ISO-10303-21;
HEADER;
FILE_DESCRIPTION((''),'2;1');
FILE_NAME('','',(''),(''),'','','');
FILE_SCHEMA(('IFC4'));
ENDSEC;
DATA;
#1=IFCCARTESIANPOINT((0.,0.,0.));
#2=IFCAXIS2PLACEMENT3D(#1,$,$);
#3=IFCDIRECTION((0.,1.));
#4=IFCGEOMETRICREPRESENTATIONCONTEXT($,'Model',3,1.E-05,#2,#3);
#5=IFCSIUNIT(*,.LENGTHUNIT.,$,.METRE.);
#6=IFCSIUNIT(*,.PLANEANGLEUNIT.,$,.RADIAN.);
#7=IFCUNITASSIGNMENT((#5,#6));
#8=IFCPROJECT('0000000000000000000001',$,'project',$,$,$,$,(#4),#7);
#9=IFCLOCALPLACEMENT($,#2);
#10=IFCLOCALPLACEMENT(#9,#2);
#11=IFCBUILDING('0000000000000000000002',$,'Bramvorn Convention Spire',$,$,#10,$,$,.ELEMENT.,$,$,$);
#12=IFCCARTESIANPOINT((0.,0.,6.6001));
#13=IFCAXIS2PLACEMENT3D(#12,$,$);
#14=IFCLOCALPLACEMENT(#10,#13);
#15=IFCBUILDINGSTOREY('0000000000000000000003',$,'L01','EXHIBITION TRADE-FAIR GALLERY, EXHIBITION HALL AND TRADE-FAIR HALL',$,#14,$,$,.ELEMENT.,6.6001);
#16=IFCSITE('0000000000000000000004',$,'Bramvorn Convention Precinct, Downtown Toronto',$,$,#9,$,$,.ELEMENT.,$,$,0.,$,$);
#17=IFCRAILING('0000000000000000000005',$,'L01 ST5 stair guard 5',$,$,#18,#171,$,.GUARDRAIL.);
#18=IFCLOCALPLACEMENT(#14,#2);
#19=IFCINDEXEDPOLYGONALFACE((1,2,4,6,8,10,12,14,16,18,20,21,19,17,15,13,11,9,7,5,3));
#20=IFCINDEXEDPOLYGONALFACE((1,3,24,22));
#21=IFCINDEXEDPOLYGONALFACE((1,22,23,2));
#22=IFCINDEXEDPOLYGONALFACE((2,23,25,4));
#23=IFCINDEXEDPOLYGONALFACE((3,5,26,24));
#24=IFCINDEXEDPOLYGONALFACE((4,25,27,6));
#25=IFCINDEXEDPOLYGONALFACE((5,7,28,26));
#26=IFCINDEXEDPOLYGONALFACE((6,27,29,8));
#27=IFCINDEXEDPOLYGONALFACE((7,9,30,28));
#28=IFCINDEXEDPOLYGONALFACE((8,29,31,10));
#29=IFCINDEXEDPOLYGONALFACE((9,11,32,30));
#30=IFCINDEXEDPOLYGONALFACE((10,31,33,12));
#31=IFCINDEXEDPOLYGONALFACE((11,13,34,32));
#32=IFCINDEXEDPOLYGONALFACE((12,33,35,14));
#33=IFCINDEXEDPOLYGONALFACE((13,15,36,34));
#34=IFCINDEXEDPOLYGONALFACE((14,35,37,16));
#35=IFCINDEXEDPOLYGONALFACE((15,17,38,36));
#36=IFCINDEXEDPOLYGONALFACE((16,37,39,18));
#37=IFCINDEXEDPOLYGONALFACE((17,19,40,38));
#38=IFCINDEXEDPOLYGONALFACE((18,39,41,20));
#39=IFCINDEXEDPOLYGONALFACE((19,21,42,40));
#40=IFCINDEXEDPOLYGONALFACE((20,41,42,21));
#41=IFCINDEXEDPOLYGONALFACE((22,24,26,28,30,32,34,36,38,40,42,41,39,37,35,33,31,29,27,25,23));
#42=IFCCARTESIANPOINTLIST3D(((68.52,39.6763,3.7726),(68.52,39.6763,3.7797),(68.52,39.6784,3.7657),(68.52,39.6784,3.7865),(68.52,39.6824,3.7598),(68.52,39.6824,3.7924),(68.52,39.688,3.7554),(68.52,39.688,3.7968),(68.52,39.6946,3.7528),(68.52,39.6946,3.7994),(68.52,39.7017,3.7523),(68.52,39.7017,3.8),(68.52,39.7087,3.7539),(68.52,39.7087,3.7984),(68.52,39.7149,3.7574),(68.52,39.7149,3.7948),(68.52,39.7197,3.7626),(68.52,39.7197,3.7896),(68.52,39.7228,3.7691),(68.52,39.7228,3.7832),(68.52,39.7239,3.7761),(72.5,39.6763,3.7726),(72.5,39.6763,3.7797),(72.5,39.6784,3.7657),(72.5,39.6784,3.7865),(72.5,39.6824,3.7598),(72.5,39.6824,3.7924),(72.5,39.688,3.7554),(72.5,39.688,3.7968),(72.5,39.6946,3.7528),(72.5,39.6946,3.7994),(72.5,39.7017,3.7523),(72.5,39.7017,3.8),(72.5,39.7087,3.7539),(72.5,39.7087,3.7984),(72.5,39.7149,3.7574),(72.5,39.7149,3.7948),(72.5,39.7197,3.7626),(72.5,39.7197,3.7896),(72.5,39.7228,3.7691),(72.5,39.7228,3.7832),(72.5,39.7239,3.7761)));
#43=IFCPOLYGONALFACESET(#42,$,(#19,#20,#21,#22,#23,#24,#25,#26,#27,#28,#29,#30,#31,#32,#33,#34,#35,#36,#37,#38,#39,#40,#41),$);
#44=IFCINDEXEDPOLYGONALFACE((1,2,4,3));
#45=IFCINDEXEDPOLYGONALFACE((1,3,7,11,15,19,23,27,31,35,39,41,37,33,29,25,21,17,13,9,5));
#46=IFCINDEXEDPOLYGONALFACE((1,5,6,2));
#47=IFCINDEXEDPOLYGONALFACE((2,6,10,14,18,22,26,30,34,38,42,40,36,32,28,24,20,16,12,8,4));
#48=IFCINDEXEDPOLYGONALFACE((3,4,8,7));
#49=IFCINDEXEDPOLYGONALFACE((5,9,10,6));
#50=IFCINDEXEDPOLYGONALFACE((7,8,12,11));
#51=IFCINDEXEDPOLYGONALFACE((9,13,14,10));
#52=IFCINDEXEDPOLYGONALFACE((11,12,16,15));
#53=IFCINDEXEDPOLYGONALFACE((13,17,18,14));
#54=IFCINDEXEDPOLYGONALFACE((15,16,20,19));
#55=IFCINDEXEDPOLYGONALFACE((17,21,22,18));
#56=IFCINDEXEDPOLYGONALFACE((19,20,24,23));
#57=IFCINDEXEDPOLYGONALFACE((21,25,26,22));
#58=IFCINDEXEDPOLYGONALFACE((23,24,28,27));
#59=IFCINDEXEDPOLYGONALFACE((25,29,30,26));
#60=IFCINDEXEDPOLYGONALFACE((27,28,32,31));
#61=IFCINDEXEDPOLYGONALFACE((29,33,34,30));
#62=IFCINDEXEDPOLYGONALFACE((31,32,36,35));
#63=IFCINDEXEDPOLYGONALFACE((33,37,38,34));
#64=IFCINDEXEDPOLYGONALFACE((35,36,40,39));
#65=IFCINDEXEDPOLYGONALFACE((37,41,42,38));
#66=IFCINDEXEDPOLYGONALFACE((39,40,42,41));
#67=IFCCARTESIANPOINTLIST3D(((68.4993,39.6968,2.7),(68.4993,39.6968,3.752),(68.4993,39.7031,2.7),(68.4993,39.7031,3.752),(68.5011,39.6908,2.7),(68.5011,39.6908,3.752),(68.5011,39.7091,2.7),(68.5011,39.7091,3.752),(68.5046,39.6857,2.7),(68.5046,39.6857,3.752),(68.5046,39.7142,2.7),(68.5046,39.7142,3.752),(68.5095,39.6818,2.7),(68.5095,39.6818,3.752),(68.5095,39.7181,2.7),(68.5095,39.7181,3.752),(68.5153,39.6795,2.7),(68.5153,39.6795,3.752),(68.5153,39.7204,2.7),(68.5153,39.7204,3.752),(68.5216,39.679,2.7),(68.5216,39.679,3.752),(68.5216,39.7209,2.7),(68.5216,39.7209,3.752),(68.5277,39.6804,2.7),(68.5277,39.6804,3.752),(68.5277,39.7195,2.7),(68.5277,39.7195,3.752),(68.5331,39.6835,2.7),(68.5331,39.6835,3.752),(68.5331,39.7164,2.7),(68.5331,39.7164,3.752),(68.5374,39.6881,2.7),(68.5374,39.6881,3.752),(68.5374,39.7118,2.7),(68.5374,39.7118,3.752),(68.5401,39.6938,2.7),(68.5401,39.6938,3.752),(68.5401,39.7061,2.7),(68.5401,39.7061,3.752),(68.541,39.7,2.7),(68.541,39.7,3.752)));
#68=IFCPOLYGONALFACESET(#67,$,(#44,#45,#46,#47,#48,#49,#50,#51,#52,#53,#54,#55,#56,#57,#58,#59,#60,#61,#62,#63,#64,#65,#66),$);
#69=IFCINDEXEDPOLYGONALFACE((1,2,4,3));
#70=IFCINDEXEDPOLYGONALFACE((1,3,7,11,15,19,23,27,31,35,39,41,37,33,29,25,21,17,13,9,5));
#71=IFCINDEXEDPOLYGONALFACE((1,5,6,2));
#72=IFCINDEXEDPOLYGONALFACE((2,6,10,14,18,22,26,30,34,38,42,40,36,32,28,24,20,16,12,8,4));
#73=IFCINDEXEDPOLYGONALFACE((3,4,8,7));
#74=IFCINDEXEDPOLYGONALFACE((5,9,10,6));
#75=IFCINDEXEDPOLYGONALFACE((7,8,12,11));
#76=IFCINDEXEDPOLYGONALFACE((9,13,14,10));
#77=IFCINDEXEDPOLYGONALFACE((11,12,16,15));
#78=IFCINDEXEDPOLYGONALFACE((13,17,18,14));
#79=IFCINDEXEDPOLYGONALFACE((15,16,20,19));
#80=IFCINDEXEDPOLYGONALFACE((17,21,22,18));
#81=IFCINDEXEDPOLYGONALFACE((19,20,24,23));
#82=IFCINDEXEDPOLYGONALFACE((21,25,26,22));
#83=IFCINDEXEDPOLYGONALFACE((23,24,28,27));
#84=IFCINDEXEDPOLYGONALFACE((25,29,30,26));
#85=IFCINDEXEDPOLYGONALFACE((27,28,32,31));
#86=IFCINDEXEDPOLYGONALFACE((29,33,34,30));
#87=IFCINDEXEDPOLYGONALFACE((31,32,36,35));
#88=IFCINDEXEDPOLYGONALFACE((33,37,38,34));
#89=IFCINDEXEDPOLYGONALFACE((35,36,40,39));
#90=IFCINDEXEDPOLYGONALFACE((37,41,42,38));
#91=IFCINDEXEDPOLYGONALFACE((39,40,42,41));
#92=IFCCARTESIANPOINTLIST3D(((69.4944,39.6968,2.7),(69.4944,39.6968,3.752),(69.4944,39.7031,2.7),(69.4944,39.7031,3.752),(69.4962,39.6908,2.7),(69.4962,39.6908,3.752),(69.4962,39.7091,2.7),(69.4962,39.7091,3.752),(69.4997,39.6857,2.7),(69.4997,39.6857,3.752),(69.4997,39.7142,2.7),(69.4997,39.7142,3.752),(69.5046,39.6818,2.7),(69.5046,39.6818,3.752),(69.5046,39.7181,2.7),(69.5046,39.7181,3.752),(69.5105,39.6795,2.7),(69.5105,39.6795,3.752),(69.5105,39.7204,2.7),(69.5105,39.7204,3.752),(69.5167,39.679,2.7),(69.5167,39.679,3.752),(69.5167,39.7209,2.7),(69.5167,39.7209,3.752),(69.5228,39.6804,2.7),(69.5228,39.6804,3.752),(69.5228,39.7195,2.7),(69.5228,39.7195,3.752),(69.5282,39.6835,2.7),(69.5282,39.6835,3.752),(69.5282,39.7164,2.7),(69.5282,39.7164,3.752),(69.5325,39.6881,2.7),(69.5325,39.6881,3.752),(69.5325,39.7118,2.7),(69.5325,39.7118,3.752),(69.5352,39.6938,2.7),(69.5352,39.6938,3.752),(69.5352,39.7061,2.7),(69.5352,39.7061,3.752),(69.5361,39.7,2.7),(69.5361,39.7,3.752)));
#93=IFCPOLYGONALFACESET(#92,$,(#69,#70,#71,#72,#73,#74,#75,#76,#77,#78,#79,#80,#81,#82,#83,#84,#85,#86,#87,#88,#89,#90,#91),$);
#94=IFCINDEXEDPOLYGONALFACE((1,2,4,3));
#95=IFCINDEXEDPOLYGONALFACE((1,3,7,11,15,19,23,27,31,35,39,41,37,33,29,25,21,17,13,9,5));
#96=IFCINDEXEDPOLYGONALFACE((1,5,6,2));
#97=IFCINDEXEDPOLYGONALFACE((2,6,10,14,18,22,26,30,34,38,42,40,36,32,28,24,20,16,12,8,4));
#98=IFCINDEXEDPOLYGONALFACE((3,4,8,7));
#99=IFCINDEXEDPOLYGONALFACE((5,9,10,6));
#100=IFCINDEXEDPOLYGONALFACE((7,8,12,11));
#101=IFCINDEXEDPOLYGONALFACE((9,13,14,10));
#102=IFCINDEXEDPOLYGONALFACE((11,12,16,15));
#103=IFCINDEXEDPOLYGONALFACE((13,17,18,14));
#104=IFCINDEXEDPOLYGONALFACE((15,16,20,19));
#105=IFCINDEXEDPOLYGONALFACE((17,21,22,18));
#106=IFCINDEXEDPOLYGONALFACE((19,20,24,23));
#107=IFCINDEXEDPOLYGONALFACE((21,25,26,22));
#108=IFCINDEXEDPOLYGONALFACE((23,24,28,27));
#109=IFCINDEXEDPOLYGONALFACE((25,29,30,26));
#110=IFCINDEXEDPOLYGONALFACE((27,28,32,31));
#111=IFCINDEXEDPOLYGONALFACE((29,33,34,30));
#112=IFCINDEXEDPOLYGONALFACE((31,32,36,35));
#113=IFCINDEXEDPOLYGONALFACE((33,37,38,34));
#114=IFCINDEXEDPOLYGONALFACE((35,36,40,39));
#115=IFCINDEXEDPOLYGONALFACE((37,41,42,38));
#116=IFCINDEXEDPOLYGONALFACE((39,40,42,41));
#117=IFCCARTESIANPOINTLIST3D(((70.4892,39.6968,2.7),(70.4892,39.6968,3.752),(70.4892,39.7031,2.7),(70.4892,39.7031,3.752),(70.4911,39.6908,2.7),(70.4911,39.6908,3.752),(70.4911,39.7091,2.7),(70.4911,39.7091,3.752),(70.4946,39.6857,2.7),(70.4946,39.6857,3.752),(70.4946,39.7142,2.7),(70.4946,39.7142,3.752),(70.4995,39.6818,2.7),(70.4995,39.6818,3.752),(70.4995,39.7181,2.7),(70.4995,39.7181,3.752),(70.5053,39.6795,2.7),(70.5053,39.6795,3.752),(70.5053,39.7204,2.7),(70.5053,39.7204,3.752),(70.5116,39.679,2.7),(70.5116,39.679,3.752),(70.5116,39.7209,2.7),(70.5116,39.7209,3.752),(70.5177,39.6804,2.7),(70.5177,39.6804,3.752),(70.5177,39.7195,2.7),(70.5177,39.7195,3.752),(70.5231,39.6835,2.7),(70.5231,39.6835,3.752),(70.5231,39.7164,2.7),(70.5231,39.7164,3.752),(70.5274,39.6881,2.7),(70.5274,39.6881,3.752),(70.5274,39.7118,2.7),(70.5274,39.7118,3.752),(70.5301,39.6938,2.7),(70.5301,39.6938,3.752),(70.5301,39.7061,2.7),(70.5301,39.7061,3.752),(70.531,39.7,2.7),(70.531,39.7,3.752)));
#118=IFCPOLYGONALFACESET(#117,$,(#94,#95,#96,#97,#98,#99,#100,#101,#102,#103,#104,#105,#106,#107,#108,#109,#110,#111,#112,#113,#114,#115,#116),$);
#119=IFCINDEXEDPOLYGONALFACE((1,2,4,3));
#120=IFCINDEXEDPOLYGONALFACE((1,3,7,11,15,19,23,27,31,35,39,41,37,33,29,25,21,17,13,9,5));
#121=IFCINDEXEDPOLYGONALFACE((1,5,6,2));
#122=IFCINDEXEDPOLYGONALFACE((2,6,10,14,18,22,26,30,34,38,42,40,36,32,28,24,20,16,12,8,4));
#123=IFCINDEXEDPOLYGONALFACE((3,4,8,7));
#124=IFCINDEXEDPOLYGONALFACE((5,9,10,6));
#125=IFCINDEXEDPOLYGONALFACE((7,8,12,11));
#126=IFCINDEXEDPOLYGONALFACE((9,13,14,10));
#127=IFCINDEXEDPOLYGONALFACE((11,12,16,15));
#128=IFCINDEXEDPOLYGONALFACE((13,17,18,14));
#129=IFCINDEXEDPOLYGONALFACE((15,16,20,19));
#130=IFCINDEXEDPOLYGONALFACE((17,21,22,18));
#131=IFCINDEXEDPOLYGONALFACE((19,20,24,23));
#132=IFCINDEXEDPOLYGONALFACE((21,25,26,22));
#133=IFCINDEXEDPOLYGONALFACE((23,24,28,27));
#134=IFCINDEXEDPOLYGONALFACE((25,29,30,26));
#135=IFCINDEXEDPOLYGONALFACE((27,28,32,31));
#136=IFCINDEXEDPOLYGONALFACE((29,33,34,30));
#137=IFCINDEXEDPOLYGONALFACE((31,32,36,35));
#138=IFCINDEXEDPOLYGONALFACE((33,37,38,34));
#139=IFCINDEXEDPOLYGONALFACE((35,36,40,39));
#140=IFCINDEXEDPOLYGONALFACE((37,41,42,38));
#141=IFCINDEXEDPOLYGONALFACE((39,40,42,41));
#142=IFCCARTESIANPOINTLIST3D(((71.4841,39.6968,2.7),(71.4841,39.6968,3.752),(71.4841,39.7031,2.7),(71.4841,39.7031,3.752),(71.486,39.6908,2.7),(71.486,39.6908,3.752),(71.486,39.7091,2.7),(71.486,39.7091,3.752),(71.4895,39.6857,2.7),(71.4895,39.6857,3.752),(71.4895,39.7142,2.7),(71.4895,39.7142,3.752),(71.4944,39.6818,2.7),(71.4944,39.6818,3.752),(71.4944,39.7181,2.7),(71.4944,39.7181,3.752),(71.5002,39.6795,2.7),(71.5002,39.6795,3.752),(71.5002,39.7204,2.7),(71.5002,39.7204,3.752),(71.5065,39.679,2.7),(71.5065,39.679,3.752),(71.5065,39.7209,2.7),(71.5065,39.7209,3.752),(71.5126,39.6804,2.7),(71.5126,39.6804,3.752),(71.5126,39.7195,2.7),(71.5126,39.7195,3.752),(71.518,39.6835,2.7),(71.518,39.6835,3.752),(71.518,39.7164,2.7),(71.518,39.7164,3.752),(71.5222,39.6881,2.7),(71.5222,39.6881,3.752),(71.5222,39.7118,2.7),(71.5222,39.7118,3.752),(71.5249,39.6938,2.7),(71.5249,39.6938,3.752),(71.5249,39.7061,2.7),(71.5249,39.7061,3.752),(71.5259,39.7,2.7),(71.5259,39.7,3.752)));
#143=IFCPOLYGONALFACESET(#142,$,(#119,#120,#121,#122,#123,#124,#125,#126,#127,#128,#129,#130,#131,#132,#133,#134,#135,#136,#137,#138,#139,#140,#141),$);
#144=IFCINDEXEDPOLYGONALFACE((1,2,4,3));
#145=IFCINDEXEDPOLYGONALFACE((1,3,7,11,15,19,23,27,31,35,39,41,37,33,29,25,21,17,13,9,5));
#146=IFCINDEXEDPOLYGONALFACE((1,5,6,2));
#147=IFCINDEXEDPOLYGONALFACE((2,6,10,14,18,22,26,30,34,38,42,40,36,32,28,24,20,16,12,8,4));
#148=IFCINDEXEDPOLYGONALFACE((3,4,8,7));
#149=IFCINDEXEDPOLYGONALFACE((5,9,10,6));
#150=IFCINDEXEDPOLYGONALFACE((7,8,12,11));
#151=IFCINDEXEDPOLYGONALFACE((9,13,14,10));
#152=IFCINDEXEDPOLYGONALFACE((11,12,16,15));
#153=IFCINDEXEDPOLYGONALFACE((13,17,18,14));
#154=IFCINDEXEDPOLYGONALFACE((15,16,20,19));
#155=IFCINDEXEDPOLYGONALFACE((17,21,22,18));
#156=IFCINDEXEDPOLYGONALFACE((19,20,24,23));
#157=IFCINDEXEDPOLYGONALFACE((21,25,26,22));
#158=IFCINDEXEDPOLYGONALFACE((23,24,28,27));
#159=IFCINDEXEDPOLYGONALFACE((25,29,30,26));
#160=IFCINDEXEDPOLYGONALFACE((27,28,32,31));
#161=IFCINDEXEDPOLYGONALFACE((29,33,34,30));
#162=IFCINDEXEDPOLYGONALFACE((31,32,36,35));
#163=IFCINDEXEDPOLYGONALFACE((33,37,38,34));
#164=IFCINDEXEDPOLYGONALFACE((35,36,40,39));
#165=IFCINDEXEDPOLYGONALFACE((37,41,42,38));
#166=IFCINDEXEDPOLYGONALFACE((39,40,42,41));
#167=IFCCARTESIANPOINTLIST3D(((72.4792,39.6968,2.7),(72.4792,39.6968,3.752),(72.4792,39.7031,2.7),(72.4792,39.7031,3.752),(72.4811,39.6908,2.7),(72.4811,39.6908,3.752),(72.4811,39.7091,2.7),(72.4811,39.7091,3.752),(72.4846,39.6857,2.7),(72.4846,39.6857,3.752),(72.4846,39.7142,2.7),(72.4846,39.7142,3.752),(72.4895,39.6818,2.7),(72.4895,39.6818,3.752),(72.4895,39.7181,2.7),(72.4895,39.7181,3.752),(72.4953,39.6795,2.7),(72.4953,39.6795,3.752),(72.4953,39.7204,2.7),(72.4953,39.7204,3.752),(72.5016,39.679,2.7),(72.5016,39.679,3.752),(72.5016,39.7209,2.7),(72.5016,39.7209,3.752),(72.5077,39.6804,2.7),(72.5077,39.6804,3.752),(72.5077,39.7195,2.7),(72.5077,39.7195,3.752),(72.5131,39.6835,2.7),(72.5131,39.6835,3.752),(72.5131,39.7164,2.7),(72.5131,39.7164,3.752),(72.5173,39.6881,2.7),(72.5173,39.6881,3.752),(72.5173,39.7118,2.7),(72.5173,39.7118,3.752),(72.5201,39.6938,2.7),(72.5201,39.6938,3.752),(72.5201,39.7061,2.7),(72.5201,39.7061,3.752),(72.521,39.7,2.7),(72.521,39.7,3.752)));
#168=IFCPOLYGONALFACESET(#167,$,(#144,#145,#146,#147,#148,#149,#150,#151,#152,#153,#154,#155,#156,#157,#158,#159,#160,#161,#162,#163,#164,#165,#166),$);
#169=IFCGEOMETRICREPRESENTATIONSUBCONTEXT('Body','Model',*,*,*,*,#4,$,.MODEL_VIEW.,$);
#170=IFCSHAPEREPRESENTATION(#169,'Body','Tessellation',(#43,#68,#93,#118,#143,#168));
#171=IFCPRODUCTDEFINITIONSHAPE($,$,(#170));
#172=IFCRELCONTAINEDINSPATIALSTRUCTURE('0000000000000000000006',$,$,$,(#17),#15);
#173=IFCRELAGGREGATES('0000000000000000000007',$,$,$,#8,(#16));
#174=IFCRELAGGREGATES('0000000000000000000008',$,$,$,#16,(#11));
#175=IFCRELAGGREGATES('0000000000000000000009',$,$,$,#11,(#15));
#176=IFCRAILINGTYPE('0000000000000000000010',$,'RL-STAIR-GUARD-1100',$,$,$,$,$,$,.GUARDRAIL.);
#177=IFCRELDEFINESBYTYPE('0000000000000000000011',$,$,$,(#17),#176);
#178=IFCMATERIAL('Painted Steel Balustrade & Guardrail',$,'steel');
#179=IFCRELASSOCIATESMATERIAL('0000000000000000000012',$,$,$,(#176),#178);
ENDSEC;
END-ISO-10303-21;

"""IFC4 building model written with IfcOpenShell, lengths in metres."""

from ifc_helpers import new_model, si_unit, direction, frame, origin, origin_2d, place, context, subcontext, project, spatial, circle, extrude, material, type_object, element, save


model = new_model("IFC4")

# Units and contexts
model_context = context("Model", 3, precision=1e-05, world=origin(), true_north=direction((0.0, 1.0)))
body_context = subcontext(model_context, "Body", "Model", "MODEL_VIEW")
ifc_project = project(units=[si_unit("LENGTHUNIT", "METRE"), si_unit("PLANEANGLEUNIT", "RADIAN")], contexts=[model_context])

# Site, building, storey
site_placement = place(None, origin())
site = spatial("IfcSite", under=ifc_project, at=site_placement, Name="Bramvorn Convention Precinct, Downtown Toronto", CompositionType="ELEMENT", RefElevation=0.0)
building_placement = place(site_placement, origin())
building = spatial("IfcBuilding", under=site, at=building_placement, Name="Bramvorn Convention Spire", CompositionType="ELEMENT")
storey_placement = place(building_placement, frame((0.0, 0.0, 6.6001)))
storey = spatial("IfcBuildingStorey", under=building, at=storey_placement, Name="L01", Description="EXHIBITION TRADE-FAIR GALLERY, EXHIBITION HALL AND TRADE-FAIR HALL", CompositionType="ELEMENT", Elevation=6.6001)

# Railing
ifc_material_1 = material(Name="Painted Steel Balustrade & Guardrail", Category="steel")
railing_type = type_object("IfcRailingType", Name="RL-STAIR-GUARD-1100", PredefinedType="GUARDRAIL", material=ifc_material_1)
railing_1_placement = place(storey_placement, frame((68.52, 39.7, 2.7)))
element("IfcRailing", 1, at=railing_1_placement, inside=storey, type_object=railing_type, Name="L01 ST5 stair guard 5", PredefinedType="GUARDRAIL", context=body_context, shape_type="SweptSolid", body=[
    extrude(circle(Radius=0.0239, at=origin_2d()), frame((0.0, 0.0, 1.0762), z_axis=(1.0, 0.0, 0.0), x_axis=(0.0, 1.0, 0.0)), (0.0, 0.0, 1.0), 3.98),
    extrude(circle(Radius=0.021, at=origin_2d()), origin(), (0.0, 0.0, 1.0), 1.052),
    extrude(circle(Radius=0.021, at=origin_2d()), frame((0.9951, 0.0, 0.0)), (0.0, 0.0, 1.0), 1.052),
    extrude(circle(Radius=0.021, at=origin_2d()), frame((1.99, 0.0, 0.0)), (0.0, 0.0, 1.0), 1.052),
    extrude(circle(Radius=0.021, at=origin_2d()), frame((2.9849, 0.0, 0.0)), (0.0, 0.0, 1.0), 1.052),
    extrude(circle(Radius=0.021, at=origin_2d()), frame((3.98, 0.0, 0.0)), (0.0, 0.0, 1.0), 1.052),
])

save(model, "model.ifc")
